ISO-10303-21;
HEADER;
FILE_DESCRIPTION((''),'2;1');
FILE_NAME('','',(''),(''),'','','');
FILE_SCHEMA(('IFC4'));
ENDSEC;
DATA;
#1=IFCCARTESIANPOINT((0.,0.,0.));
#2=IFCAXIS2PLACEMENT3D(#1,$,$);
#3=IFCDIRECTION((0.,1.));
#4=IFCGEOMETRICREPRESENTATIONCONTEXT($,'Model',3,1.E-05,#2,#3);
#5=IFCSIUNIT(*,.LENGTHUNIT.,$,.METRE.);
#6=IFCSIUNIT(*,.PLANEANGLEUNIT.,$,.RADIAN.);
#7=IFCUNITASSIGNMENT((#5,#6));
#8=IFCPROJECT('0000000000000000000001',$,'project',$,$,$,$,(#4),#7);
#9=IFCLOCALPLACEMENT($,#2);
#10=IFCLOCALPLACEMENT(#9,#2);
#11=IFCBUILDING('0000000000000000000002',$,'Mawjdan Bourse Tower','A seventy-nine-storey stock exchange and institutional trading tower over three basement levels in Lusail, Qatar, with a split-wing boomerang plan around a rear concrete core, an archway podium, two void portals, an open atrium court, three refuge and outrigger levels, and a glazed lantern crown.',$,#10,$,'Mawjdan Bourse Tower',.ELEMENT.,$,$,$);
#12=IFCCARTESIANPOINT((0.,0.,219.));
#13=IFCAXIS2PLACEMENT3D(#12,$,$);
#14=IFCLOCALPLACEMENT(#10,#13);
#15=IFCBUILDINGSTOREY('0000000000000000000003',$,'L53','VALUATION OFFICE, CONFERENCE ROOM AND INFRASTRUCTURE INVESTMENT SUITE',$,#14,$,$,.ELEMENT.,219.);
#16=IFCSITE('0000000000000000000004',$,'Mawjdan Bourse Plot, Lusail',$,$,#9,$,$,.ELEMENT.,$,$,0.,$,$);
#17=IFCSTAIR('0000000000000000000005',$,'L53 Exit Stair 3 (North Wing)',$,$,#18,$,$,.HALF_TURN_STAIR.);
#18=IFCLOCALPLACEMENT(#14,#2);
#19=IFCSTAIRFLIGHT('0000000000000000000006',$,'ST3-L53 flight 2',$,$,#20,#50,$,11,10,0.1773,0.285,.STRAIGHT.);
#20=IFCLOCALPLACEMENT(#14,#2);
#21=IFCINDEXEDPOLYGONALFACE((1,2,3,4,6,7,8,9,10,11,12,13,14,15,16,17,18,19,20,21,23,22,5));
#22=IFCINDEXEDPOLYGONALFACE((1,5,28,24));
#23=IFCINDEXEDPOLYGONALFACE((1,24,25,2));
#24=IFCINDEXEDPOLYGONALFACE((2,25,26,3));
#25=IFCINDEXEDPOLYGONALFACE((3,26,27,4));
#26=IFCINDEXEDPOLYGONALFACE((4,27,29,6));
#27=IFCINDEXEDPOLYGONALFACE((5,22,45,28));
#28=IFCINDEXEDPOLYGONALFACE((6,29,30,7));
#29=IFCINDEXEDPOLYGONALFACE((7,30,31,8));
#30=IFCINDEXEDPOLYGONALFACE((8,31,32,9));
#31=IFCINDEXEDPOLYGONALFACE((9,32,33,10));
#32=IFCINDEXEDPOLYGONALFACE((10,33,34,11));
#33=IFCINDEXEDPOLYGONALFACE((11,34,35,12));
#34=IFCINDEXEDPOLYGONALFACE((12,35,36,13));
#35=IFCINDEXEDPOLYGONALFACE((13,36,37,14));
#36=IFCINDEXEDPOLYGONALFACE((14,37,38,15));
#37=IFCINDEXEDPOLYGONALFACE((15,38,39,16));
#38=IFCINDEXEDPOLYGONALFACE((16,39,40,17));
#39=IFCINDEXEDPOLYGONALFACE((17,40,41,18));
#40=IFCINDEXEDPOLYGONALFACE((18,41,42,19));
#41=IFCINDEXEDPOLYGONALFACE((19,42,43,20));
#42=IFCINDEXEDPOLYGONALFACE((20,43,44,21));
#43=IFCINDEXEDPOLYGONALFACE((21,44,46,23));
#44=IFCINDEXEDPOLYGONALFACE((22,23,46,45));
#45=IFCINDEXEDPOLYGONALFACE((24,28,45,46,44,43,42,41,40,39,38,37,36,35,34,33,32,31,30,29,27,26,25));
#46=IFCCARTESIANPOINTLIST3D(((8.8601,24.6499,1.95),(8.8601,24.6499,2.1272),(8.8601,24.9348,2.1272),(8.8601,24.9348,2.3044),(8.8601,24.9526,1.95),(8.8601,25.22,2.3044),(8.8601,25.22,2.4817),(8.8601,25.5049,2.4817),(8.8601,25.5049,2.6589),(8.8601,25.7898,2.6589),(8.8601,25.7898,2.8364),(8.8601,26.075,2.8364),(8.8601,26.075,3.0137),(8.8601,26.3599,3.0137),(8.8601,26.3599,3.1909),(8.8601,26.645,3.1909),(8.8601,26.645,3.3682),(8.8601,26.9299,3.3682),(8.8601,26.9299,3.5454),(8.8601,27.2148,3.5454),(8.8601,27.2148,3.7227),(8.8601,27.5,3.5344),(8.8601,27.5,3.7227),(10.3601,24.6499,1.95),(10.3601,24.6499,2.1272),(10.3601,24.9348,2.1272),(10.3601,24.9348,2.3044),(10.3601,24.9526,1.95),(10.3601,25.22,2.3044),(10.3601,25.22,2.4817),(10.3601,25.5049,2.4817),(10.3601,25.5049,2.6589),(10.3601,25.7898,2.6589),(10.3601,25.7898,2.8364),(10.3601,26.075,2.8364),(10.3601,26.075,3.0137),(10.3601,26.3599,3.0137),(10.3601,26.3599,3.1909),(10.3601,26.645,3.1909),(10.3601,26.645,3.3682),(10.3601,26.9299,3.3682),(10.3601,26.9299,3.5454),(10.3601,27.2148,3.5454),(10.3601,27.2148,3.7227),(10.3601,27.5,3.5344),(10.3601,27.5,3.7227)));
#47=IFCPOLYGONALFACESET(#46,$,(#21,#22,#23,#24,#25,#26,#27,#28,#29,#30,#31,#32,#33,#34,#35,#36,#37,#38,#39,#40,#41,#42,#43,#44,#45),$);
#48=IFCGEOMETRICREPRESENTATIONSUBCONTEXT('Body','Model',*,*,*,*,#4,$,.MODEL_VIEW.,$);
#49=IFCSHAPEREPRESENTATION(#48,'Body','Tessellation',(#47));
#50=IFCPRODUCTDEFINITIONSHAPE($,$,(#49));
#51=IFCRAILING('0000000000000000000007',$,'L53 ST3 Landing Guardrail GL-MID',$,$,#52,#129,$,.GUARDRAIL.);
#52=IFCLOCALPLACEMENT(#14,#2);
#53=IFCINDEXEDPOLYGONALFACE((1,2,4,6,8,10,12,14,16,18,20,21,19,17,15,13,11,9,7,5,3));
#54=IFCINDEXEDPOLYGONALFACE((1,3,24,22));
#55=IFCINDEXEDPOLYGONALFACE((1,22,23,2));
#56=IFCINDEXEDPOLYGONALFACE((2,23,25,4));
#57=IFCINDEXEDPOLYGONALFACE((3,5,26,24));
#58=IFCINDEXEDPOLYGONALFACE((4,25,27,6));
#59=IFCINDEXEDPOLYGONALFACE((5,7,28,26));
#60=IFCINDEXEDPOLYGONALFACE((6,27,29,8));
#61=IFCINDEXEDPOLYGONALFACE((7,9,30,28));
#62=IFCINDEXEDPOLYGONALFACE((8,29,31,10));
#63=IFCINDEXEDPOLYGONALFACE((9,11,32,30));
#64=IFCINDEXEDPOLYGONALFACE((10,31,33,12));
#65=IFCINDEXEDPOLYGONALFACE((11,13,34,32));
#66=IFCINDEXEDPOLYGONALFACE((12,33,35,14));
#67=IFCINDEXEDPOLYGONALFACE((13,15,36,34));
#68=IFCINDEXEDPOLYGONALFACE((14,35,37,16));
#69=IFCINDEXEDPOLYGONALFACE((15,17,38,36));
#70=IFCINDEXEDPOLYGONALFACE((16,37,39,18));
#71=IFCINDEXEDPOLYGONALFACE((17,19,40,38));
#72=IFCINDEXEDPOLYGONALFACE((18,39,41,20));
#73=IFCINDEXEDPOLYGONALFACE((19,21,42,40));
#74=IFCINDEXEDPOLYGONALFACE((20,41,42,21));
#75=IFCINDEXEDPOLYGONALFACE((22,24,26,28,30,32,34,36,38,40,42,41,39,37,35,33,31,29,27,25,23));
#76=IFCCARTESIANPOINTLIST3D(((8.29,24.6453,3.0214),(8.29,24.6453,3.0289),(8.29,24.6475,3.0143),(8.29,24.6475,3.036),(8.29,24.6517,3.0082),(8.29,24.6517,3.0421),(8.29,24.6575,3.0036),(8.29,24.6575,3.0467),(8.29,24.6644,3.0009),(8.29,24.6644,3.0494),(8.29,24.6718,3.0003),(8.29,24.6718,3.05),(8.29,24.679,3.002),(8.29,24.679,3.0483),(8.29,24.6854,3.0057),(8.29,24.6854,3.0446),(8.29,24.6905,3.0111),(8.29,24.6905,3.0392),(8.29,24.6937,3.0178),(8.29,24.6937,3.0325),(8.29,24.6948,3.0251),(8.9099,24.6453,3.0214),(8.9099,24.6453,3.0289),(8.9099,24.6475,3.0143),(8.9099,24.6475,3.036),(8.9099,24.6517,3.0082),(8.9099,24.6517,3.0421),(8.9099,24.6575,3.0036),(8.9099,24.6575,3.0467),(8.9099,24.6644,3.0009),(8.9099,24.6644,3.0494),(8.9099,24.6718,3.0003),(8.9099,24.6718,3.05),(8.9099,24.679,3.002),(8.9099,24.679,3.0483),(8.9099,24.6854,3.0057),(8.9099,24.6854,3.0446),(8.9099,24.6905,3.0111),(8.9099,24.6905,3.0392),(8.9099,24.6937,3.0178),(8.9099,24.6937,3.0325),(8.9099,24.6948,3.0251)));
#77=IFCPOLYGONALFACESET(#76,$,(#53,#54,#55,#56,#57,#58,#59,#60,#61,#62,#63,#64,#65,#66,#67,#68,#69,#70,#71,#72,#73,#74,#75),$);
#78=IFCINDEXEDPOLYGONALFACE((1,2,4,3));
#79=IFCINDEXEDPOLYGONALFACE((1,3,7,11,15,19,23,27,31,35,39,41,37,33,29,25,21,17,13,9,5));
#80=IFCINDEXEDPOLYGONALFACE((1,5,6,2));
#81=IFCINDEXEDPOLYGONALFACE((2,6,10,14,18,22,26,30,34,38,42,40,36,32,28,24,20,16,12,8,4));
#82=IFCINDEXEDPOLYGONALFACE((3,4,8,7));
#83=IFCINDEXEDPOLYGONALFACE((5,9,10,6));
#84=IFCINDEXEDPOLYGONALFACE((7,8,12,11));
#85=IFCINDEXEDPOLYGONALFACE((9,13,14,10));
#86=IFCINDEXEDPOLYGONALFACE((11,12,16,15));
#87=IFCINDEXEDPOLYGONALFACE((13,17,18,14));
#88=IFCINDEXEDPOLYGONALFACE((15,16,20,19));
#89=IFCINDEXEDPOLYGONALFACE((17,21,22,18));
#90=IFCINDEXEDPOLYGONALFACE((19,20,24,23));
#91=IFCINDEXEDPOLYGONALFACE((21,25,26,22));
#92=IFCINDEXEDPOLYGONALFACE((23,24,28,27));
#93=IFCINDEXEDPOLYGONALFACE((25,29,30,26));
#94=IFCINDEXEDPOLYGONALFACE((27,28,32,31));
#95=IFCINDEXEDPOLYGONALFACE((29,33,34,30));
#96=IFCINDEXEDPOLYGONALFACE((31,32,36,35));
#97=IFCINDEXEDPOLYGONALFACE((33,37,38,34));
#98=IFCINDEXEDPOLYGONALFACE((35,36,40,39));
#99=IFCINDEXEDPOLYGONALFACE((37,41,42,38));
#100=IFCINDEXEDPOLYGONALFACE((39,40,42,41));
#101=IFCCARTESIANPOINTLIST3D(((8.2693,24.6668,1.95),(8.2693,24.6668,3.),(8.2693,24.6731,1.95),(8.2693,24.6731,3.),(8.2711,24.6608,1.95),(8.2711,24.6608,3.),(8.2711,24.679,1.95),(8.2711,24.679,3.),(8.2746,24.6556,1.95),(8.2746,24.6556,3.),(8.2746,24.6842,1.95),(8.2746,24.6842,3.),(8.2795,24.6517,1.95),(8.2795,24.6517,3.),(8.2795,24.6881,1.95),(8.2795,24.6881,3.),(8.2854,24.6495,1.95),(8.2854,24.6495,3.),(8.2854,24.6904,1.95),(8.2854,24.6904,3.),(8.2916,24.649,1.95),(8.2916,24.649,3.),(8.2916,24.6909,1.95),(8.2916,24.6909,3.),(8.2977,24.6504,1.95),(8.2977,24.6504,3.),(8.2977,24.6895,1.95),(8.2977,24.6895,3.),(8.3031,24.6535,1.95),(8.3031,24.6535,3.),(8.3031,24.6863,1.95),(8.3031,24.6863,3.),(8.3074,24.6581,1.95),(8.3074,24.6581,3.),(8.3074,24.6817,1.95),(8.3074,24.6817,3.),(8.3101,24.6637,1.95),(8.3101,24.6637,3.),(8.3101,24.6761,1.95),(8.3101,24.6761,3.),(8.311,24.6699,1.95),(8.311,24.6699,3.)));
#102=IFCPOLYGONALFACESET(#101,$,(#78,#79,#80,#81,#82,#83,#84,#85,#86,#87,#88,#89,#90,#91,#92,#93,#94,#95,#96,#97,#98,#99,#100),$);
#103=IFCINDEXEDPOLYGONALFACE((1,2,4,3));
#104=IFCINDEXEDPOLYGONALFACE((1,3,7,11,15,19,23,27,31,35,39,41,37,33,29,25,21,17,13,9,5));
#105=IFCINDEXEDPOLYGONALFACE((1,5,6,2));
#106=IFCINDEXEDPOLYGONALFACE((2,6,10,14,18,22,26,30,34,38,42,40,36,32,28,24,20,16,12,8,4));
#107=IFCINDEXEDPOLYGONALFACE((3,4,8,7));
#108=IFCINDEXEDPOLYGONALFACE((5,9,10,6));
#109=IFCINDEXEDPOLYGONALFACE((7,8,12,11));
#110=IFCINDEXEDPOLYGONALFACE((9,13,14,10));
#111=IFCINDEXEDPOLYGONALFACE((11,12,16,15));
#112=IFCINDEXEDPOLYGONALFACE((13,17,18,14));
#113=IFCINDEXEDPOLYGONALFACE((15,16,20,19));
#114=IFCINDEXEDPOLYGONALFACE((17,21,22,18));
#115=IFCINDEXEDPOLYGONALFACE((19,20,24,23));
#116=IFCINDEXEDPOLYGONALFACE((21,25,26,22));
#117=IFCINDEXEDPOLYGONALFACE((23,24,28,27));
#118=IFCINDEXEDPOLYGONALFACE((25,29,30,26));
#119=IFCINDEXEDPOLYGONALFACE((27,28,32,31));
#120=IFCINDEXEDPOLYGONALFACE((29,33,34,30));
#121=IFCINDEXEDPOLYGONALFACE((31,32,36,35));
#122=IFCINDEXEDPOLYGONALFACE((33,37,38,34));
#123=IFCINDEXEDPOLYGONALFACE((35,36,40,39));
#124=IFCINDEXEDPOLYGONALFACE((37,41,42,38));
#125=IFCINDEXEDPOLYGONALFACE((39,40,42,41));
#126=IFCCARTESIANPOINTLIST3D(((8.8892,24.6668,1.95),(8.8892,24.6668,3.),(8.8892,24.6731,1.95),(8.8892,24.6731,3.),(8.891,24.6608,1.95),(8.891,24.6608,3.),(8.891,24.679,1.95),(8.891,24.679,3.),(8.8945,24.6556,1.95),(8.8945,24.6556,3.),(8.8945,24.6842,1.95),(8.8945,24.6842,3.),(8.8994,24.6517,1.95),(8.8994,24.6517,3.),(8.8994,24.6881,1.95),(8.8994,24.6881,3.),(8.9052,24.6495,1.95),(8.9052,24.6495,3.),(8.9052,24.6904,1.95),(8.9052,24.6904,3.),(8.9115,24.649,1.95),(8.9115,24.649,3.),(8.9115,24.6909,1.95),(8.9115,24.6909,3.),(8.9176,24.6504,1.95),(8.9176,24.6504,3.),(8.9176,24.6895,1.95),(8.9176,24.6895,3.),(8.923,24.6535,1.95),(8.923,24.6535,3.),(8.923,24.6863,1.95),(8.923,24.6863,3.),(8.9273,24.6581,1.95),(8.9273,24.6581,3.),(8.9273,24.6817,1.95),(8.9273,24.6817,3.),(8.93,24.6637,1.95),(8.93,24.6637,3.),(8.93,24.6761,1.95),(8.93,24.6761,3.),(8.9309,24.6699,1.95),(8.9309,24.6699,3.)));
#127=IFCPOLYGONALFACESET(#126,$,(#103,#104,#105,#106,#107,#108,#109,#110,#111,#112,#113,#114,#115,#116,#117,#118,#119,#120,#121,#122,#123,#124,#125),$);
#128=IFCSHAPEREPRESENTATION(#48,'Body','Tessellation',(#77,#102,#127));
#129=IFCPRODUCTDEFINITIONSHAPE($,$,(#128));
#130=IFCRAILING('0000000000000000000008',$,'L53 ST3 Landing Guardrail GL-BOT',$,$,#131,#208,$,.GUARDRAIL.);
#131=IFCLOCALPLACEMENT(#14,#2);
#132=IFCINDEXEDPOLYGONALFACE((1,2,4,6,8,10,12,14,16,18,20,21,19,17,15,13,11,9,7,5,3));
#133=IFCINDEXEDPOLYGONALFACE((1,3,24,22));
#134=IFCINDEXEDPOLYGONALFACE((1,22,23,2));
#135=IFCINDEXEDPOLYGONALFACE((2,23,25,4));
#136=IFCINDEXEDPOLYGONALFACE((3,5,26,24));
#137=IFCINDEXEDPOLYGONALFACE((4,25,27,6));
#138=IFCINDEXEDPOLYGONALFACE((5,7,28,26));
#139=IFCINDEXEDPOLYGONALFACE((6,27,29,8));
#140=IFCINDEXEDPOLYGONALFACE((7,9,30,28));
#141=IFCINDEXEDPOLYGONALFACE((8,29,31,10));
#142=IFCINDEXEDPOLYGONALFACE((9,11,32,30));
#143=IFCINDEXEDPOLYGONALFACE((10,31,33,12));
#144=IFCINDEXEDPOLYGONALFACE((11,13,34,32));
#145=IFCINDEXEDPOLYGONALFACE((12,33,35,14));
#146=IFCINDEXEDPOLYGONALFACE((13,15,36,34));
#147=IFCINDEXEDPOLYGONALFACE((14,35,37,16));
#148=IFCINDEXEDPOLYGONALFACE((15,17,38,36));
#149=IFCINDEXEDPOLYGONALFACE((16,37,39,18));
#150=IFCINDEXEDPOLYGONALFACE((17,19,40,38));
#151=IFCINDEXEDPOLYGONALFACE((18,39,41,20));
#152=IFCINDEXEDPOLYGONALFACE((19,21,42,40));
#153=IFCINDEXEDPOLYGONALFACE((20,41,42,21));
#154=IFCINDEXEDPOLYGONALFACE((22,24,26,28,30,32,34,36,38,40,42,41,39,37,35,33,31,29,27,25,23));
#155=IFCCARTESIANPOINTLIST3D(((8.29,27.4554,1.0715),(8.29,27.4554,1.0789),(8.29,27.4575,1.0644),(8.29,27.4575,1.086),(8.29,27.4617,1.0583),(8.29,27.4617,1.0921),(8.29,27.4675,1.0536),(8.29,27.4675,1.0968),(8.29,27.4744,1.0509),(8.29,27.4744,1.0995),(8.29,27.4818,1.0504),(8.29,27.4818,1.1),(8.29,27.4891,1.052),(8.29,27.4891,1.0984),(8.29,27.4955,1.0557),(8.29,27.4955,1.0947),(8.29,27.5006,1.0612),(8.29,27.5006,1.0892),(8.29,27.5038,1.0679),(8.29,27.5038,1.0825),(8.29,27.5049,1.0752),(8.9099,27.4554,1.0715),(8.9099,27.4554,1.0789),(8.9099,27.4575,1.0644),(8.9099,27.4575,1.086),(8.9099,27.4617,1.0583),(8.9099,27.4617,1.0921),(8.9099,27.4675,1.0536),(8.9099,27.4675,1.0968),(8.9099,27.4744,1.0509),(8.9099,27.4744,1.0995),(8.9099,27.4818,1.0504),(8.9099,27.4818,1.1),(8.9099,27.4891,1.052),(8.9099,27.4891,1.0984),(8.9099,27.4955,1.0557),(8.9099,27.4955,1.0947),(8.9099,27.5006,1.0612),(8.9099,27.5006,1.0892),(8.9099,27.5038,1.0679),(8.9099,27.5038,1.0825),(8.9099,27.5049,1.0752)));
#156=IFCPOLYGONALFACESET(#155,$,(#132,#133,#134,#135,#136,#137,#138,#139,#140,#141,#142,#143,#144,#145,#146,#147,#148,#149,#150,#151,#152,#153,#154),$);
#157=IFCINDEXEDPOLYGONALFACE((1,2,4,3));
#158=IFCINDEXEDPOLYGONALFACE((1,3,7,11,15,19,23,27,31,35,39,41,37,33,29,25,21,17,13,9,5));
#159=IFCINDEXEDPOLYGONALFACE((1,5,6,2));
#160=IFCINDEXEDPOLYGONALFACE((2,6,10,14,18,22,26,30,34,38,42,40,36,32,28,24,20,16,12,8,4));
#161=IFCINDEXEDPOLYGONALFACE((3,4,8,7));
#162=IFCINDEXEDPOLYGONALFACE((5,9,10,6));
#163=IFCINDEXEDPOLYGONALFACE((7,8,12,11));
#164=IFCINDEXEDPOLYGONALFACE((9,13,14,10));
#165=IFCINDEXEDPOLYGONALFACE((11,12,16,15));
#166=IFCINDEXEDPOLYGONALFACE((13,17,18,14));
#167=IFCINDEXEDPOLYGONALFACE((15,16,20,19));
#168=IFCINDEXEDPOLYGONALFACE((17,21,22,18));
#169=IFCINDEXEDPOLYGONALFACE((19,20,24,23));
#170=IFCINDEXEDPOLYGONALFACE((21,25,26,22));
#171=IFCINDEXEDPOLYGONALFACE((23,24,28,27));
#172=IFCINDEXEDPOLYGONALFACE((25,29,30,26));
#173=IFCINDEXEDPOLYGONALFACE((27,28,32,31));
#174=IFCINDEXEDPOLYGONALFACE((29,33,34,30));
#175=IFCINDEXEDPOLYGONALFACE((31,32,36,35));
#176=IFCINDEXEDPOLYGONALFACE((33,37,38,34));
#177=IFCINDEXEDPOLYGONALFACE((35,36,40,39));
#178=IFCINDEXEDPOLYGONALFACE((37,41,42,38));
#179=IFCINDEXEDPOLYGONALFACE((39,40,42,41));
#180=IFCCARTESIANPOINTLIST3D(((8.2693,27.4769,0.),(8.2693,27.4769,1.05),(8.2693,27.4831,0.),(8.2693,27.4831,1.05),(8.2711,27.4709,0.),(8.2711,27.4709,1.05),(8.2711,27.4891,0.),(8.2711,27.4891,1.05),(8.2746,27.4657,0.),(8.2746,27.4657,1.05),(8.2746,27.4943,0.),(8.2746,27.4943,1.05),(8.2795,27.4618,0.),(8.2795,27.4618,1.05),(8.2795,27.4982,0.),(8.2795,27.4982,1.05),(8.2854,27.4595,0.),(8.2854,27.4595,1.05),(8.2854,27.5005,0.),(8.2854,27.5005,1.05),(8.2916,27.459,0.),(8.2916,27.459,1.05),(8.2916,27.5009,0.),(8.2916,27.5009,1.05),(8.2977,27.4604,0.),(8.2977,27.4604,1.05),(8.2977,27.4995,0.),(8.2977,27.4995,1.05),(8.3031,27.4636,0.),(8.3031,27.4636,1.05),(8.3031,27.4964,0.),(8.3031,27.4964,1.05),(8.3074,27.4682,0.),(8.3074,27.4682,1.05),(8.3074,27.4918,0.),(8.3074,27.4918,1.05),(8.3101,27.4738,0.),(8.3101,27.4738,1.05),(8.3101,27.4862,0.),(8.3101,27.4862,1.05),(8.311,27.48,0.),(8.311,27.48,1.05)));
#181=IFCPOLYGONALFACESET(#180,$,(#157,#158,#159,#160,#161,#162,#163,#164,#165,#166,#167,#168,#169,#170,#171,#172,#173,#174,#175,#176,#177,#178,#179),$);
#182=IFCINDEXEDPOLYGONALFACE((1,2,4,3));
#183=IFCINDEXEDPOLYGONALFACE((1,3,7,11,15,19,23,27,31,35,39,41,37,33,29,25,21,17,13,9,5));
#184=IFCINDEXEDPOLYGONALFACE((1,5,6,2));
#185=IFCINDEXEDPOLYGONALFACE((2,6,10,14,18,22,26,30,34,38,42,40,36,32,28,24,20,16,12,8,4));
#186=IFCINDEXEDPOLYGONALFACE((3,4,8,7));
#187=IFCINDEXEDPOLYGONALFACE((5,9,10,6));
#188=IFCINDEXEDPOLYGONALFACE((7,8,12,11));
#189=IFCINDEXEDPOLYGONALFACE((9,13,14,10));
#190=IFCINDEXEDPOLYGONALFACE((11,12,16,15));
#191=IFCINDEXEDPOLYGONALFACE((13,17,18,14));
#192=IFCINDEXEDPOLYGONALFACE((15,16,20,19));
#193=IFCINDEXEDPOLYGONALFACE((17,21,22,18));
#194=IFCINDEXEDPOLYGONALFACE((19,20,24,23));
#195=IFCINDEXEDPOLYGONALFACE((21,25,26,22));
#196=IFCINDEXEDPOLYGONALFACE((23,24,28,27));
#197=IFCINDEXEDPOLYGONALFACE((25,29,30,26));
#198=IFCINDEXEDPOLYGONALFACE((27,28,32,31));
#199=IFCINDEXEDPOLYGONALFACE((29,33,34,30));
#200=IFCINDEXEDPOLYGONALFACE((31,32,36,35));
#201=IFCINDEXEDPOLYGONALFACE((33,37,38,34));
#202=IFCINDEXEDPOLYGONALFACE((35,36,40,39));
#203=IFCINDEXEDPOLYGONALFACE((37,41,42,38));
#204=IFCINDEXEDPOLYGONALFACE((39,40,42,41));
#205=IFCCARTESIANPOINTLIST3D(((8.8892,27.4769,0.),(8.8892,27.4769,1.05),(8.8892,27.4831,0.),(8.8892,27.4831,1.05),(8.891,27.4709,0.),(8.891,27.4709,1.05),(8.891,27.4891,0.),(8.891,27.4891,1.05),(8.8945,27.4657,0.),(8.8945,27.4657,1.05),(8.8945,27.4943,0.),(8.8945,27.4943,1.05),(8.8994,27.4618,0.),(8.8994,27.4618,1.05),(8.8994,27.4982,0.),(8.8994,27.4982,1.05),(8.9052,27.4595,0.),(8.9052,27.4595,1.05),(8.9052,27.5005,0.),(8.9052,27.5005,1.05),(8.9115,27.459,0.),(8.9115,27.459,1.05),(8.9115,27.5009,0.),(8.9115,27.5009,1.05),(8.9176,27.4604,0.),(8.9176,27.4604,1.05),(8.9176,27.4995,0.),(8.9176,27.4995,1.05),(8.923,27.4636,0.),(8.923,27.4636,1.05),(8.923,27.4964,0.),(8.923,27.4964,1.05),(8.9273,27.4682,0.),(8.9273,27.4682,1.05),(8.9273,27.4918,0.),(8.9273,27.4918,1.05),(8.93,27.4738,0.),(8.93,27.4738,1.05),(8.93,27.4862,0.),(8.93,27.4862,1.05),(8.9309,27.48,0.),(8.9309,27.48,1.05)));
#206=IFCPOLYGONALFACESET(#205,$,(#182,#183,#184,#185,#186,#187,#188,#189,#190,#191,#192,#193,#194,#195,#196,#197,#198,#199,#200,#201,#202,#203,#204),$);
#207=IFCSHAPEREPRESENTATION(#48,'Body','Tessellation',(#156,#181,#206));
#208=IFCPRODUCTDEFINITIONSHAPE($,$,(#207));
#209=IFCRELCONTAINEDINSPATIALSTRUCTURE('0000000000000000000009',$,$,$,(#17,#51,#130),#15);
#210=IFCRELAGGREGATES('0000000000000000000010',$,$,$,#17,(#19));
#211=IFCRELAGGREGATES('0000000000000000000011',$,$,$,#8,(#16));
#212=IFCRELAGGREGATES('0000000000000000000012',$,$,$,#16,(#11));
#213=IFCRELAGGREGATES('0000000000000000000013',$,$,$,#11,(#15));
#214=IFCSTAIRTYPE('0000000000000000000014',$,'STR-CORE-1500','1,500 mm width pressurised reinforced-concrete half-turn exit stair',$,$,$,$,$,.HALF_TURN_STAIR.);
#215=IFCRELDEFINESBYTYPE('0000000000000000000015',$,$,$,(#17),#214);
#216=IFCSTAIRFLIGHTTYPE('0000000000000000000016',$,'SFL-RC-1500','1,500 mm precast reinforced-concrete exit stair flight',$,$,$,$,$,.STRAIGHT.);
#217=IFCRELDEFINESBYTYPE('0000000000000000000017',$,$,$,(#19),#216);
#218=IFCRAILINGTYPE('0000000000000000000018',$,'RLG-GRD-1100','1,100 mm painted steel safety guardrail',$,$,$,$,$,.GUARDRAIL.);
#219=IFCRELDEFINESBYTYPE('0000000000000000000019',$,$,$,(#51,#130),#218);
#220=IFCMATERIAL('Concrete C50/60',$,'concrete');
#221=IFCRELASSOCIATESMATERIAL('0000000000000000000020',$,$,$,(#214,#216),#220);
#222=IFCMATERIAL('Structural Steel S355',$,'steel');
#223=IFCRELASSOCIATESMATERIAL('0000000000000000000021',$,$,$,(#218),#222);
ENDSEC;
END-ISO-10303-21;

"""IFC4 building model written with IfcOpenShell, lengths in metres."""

from ifc_helpers import new_model, si_unit, direction, frame, origin, origin_2d, place, context, subcontext, project, spatial, polyline, circle, outline, extrude, material, type_object, element, aggregate, save


model = new_model("IFC4")

# Units and contexts
model_context = context("Model", 3, precision=1e-05, world=origin(), true_north=direction((0.0, 1.0)))
body_context = subcontext(model_context, "Body", "Model", "MODEL_VIEW")
ifc_project = project(units=[si_unit("LENGTHUNIT", "METRE"), si_unit("PLANEANGLEUNIT", "RADIAN")], contexts=[model_context])

# Site, building, storey
site_placement = place(None, origin())
site = spatial("IfcSite", under=ifc_project, at=site_placement, Name="Mawjdan Bourse Plot, Lusail", CompositionType="ELEMENT", RefElevation=0.0)
building_placement = place(site_placement, origin())
building = spatial("IfcBuilding", under=site, at=building_placement, Name="Mawjdan Bourse Tower", Description="A seventy-nine-storey stock exchange and institutional trading tower over three basement levels in Lusail, Qatar, with a split-wing boomerang plan around a rear concrete core, an archway podium, two void portals, an open atrium court, three refuge and outrigger levels, and a glazed lantern crown.", LongName="Mawjdan Bourse Tower", CompositionType="ELEMENT")
storey_placement = place(building_placement, frame((0.0, 0.0, 219.0)))
storey = spatial("IfcBuildingStorey", under=building, at=storey_placement, Name="L53", Description="VALUATION OFFICE, CONFERENCE ROOM AND INFRASTRUCTURE INVESTMENT SUITE", CompositionType="ELEMENT", Elevation=219.0)

# Shared definitions
ifc_material_1 = material(Name="Structural Steel S355", Category="steel")

# Shared definitions
ifc_material_2 = material(Name="Concrete C50/60", Category="concrete")

# Stair, stair flight
stair_type = type_object("IfcStairType", Name="STR-CORE-1500", Description="1,500 mm width pressurised reinforced-concrete half-turn exit stair", PredefinedType="HALF_TURN_STAIR", material=ifc_material_2)
stair_placement = place(storey_placement, origin())
stair = element("IfcStair", 1, at=stair_placement, inside=storey, type_object=stair_type, Name="L53 Exit Stair 3 (North Wing)", PredefinedType="HALF_TURN_STAIR")
stair_flight_type = type_object("IfcStairFlightType", Name="SFL-RC-1500", Description="1,500 mm precast reinforced-concrete exit stair flight", PredefinedType="STRAIGHT", material=ifc_material_2)
stair_flight_placement = place(storey_placement, frame((9.6101, 24.6499, 1.95), z_axis=(0.0, 0.0, 1.0), x_axis=(0.0, 1.0, 0.0)))
stair_flight = element("IfcStairFlight", 2, at=stair_flight_placement, type_object=stair_flight_type, Name="ST3-L53 flight 2", NumberOfRisers=11, NumberOfTreads=10, PredefinedType="STRAIGHT", RiserHeight=0.1773, TreadLength=0.285, context=body_context, shape_type="SweptSolid", body=[
    extrude(outline(polyline([(0.0, 0.0), (0.0, 0.1772), (0.2849, 0.1772), (0.2849, 0.3545), (0.5701, 0.3545), (0.5701, 0.5317), (0.855, 0.5317), (0.855, 0.709), (1.1399, 0.709), (1.1399, 0.8865), (1.425, 0.8865), (1.425, 1.0637), (1.71, 1.0637), (1.71, 1.241), (1.9951, 1.241), (1.9951, 1.4182), (2.28, 1.4182), (2.28, 1.5955), (2.5649, 1.5955), (2.5649, 1.7727), (2.8501, 1.7727), (2.8501, 1.95), (2.8501, 1.5845), (0.3027, 0.0), (0.0, 0.0)])), frame((0.0, 0.75, 0.0), z_axis=(0.0, -1.0, 0.0), x_axis=(1.0, 0.0, 0.0)), (0.0, 0.0, 1.0), 1.5),
])
aggregate(stair, [stair_flight])

# Railings
railing_type_1 = type_object("IfcRailingType", Name="RLG-GRD-1100", Description="1,100 mm painted steel safety guardrail", PredefinedType="GUARDRAIL", material=ifc_material_1)
for number, where, name in (
    (3, (8.29, 24.6699, 1.95), "L53 ST3 Landing Guardrail GL-MID"),
    (4, (8.29, 27.48, 0.0), "L53 ST3 Landing Guardrail GL-BOT"),
):
    element("IfcRailing", number, at=place(storey_placement, frame(where)), inside=storey, type_object=railing_type_1, Name=name, PredefinedType="GUARDRAIL", context=body_context, shape_type="SweptSolid", body=[
        extrude(circle(Radius=0.0249, at=origin_2d()), frame((0.0, 0.0, 1.0752), z_axis=(1.0, 0.0, 0.0), x_axis=(0.0, 1.0, 0.0)), (0.0, 0.0, 1.0), 0.6199),
        extrude(circle(Radius=0.021, at=origin_2d()), origin(), (0.0, 0.0, 1.0), 1.05),
        extrude(circle(Radius=0.021, at=origin_2d()), frame((0.6199, 0.0, 0.0)), (0.0, 0.0, 1.0), 1.05),
    ])

save(model, "model.ifc")
